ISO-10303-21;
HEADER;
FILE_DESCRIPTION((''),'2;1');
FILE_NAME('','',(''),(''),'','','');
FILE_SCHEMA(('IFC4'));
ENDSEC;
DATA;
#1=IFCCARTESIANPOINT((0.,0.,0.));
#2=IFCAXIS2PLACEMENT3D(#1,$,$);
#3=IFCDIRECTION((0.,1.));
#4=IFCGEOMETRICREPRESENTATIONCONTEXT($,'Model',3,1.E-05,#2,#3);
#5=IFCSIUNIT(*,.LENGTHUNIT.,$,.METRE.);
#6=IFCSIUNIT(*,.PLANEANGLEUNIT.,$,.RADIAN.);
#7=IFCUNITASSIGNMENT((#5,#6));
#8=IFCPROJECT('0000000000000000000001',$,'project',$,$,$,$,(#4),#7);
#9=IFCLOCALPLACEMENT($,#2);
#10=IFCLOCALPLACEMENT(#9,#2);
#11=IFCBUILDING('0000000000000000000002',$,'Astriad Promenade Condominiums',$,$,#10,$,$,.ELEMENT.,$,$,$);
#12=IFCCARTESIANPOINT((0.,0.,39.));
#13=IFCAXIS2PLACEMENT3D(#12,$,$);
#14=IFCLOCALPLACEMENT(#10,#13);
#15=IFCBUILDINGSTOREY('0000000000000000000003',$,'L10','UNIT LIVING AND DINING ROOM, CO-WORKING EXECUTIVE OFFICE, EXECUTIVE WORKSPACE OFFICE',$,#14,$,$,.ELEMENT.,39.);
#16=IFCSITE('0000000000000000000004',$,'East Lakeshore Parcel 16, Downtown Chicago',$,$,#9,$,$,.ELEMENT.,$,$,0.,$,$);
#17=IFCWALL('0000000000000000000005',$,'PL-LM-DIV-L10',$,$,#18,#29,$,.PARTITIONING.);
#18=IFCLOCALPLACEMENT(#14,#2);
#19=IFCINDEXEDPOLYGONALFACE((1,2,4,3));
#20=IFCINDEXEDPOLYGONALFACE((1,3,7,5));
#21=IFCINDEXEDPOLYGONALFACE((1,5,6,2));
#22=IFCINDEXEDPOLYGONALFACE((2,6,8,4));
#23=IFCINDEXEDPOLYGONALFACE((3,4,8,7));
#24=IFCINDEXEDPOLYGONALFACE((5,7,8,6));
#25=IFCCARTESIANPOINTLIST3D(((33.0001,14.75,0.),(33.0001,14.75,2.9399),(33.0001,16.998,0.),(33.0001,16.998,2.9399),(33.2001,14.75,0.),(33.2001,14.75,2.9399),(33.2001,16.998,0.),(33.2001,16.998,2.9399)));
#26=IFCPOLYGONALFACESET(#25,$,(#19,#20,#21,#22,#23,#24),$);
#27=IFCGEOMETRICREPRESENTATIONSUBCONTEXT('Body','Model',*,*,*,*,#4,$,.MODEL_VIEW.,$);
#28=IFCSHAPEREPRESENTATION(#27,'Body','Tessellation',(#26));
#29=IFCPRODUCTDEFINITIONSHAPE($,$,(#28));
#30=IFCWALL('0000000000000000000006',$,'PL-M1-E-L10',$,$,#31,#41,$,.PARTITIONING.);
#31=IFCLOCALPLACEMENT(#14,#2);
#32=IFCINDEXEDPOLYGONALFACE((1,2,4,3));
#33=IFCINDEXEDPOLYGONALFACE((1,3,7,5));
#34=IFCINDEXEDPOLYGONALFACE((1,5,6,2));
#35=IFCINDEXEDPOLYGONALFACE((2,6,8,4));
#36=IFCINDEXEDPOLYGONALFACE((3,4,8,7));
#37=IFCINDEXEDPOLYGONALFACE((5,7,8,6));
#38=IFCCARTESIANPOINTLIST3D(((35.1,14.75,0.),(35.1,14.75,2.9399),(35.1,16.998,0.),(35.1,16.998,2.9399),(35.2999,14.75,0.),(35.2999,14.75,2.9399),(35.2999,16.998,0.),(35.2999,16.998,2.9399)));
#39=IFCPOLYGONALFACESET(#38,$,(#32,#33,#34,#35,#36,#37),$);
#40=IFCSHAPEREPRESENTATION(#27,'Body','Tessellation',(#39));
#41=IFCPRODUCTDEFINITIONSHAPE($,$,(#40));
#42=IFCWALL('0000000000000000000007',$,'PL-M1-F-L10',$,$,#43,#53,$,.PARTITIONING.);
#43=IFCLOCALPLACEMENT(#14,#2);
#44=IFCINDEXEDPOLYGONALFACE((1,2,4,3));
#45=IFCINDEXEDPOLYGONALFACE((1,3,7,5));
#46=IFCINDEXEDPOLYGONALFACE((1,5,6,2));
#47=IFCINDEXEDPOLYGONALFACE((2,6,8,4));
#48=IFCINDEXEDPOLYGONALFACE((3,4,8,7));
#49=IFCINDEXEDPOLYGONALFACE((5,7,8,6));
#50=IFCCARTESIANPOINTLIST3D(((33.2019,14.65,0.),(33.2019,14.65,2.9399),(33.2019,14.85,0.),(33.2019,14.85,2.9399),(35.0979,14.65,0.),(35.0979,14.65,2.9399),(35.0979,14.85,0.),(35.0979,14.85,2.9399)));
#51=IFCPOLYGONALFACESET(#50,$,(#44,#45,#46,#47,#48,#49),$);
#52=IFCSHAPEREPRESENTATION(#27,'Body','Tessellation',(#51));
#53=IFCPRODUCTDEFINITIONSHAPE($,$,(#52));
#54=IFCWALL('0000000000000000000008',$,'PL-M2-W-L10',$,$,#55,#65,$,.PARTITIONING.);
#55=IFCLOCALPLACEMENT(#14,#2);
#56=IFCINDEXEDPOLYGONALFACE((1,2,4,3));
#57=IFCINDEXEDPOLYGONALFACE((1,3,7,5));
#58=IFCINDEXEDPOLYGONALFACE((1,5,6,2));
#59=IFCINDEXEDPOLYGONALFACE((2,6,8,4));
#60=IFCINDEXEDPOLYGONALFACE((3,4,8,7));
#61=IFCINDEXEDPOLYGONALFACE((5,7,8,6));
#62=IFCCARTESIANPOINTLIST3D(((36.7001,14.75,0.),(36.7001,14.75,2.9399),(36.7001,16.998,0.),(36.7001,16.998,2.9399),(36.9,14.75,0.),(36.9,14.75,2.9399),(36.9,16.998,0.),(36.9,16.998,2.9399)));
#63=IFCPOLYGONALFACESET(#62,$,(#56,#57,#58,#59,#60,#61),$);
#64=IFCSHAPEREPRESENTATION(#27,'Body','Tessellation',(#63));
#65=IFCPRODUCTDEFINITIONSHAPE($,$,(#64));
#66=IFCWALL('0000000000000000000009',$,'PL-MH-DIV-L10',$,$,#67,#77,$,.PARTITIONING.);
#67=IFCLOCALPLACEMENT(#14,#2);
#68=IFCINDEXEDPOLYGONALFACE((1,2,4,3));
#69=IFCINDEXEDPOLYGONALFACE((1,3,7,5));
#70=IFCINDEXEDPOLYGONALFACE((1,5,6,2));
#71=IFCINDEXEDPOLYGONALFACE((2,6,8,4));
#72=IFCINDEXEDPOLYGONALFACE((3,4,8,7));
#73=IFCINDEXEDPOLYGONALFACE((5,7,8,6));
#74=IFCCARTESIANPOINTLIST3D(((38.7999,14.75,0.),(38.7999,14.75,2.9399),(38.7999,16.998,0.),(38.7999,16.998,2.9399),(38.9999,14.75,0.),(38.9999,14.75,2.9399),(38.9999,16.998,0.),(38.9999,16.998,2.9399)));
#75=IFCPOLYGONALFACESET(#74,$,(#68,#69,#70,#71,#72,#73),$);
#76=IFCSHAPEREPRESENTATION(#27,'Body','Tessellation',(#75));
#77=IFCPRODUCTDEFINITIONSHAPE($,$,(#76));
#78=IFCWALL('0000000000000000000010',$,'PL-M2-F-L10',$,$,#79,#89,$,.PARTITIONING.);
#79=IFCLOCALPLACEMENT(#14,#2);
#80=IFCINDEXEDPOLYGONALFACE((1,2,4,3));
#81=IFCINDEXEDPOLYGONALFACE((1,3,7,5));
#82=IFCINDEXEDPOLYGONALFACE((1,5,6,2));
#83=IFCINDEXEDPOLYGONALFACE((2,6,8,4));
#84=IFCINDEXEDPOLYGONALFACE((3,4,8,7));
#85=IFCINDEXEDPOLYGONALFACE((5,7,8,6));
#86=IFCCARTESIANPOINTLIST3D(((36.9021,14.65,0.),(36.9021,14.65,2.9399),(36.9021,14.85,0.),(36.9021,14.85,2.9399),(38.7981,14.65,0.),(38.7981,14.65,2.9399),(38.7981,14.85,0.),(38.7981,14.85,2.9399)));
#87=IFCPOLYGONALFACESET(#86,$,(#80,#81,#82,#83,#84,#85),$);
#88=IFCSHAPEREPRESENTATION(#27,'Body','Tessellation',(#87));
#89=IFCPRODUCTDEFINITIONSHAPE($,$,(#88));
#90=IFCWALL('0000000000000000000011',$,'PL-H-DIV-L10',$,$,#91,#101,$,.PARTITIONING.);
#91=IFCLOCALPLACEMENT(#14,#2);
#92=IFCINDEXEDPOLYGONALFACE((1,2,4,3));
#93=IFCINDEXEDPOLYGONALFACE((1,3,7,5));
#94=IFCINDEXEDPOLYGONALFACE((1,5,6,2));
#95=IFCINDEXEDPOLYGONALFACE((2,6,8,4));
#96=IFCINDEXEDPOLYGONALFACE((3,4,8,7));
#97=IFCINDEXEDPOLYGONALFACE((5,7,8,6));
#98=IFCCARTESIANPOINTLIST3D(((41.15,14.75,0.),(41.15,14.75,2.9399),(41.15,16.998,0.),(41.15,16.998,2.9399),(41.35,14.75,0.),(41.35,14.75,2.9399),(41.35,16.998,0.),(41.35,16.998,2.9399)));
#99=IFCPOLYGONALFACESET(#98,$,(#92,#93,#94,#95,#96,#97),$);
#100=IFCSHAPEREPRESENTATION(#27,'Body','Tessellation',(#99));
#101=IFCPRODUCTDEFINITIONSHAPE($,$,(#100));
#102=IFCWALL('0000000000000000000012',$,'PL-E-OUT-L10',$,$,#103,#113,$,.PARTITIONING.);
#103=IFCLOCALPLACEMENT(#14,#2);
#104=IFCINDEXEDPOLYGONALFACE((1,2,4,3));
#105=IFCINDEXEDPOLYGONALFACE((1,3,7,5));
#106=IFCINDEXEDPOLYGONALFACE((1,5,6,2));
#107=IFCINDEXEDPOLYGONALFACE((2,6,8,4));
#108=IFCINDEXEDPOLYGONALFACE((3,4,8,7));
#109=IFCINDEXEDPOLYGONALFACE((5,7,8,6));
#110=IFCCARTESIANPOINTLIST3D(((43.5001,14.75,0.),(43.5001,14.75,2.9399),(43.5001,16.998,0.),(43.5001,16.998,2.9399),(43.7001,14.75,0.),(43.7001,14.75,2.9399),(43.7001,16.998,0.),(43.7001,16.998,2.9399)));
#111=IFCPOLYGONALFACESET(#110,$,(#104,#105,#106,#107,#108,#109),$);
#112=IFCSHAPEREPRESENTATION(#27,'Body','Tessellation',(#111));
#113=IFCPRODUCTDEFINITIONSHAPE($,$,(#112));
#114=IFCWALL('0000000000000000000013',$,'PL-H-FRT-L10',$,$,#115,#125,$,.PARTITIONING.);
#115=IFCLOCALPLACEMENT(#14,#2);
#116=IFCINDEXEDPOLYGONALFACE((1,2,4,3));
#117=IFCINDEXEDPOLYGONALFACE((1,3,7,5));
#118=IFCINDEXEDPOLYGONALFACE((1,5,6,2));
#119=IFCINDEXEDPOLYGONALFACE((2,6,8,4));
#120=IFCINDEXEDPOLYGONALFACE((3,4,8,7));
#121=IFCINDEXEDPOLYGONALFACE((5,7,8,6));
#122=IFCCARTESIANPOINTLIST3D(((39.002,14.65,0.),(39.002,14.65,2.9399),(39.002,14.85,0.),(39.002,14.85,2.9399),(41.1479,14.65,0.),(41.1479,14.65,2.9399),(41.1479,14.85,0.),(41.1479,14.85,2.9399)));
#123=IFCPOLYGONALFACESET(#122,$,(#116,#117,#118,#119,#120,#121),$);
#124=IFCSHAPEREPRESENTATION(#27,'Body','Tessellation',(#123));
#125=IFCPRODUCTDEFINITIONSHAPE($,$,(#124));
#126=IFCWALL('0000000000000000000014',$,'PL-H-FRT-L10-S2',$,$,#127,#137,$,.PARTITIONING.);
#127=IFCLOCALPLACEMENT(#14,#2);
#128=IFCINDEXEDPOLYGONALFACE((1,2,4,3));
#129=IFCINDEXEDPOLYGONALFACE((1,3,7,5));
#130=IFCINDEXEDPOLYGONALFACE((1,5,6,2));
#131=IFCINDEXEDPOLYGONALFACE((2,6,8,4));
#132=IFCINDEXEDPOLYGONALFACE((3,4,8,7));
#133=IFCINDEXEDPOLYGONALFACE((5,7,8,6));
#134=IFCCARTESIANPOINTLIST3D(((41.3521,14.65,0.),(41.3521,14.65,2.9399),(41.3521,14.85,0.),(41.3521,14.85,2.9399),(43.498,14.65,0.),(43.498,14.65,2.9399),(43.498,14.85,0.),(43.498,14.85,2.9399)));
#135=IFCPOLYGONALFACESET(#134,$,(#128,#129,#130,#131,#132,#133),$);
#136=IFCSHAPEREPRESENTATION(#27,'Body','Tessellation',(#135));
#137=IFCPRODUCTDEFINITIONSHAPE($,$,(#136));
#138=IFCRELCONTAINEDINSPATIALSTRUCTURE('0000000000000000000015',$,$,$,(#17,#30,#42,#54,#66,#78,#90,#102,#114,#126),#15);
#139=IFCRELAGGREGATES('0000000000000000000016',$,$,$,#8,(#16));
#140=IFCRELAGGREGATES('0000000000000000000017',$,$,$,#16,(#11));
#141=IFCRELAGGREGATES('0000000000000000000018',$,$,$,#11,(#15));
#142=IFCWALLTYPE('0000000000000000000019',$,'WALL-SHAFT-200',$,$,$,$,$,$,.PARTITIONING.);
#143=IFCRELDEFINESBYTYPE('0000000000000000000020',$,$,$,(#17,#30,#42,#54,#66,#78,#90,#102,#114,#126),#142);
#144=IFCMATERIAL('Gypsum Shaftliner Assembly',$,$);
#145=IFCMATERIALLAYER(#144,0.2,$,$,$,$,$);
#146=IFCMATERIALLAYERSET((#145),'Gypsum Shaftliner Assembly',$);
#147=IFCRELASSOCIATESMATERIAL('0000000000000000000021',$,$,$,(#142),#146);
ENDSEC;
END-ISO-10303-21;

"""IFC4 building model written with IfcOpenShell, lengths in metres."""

from ifc_helpers import new_model, si_unit, direction, frame, frame_2d, origin, place, context, subcontext, project, spatial, rectangle, extrude, material, layer, layer_set, type_object, element, save


model = new_model("IFC4")

# Units and contexts
model_context = context("Model", 3, precision=1e-05, world=origin(), true_north=direction((0.0, 1.0)))
body_context = subcontext(model_context, "Body", "Model", "MODEL_VIEW")
ifc_project = project(units=[si_unit("LENGTHUNIT", "METRE"), si_unit("PLANEANGLEUNIT", "RADIAN")], contexts=[model_context])

# Site, building, storey
site_placement = place(None, origin())
site = spatial("IfcSite", under=ifc_project, at=site_placement, Name="East Lakeshore Parcel 16, Downtown Chicago", CompositionType="ELEMENT", RefElevation=0.0)
building_placement = place(site_placement, origin())
building = spatial("IfcBuilding", under=site, at=building_placement, Name="Astriad Promenade Condominiums", CompositionType="ELEMENT")
storey_placement = place(building_placement, frame((0.0, 0.0, 39.0)))
storey = spatial("IfcBuildingStorey", under=building, at=storey_placement, Name="L10", Description="UNIT LIVING AND DINING ROOM, CO-WORKING EXECUTIVE OFFICE, EXECUTIVE WORKSPACE OFFICE", CompositionType="ELEMENT", Elevation=39.0)

# Walls
ifc_material_1 = material(Name="Gypsum Shaftliner Assembly")
ifc_layer_1 = layer(ifc_material_1, 0.2)
ifc_layer_set_1 = layer_set([ifc_layer_1], Name="Gypsum Shaftliner Assembly")
wall_type_1 = type_object("IfcWallType", Name="WALL-SHAFT-200", PredefinedType="PARTITIONING", material=ifc_layer_set_1)
for number, where, z_axis, x_axis, name in (
    (1, (33.1001, 14.75, 0.0), (0.0, 0.0, 1.0), (0.0, 1.0, 0.0), "PL-LM-DIV-L10"),
    (2, (35.2, 14.75, 0.0), (0.0, 0.0, 1.0), (0.0, 1.0, 0.0), "PL-M1-E-L10"),
):
    element("IfcWall", number, at=place(storey_placement, frame(where, z_axis=z_axis, x_axis=x_axis)), inside=storey, type_object=wall_type_1, Name=name, PredefinedType="PARTITIONING", context=body_context, shape_type="SweptSolid", body=[
        extrude(rectangle(XDim=2.248, YDim=0.2, at=frame_2d((1.124, 0.0))), origin(), (0.0, 0.0, 1.0), 2.9399),
    ])
wall_1_placement = place(storey_placement, frame((33.2019, 14.75, 0.0), z_axis=(0.0, 0.0, 1.0), x_axis=(1.0, 0.0, 0.0)))
element("IfcWall", 3, at=wall_1_placement, inside=storey, type_object=wall_type_1, Name="PL-M1-F-L10", PredefinedType="PARTITIONING", context=body_context, shape_type="SweptSolid", body=[
    extrude(rectangle(XDim=1.896, YDim=0.2, at=frame_2d((0.948, 0.0))), origin(), (0.0, 0.0, 1.0), 2.9399),
])
for number, where, z_axis, x_axis, name in (
    (4, (36.8, 14.75, 0.0), (0.0, 0.0, 1.0), (0.0, 1.0, 0.0), "PL-M2-W-L10"),
    (5, (38.8999, 14.75, 0.0), (0.0, 0.0, 1.0), (0.0, 1.0, 0.0), "PL-MH-DIV-L10"),
):
    element("IfcWall", number, at=place(storey_placement, frame(where, z_axis=z_axis, x_axis=x_axis)), inside=storey, type_object=wall_type_1, Name=name, PredefinedType="PARTITIONING", context=body_context, shape_type="SweptSolid", body=[
        extrude(rectangle(XDim=2.248, YDim=0.2, at=frame_2d((1.124, 0.0))), origin(), (0.0, 0.0, 1.0), 2.9399),
    ])
wall_2_placement = place(storey_placement, frame((36.9021, 14.75, 0.0), z_axis=(0.0, 0.0, 1.0), x_axis=(1.0, 0.0, 0.0)))
element("IfcWall", 6, at=wall_2_placement, inside=storey, type_object=wall_type_1, Name="PL-M2-F-L10", PredefinedType="PARTITIONING", context=body_context, shape_type="SweptSolid", body=[
    extrude(rectangle(XDim=1.896, YDim=0.2, at=frame_2d((0.948, 0.0))), origin(), (0.0, 0.0, 1.0), 2.9399),
])
for number, where, z_axis, x_axis, name in (
    (7, (41.25, 14.75, 0.0), (0.0, 0.0, 1.0), (0.0, 1.0, 0.0), "PL-H-DIV-L10"),
    (8, (43.6001, 14.75, 0.0), (0.0, 0.0, 1.0), (0.0, 1.0, 0.0), "PL-E-OUT-L10"),
):
    element("IfcWall", number, at=place(storey_placement, frame(where, z_axis=z_axis, x_axis=x_axis)), inside=storey, type_object=wall_type_1, Name=name, PredefinedType="PARTITIONING", context=body_context, shape_type="SweptSolid", body=[
        extrude(rectangle(XDim=2.248, YDim=0.2, at=frame_2d((1.124, 0.0))), origin(), (0.0, 0.0, 1.0), 2.9399),
    ])
for number, where, z_axis, x_axis, name in (
    (9, (39.002, 14.75, 0.0), (0.0, 0.0, 1.0), (1.0, 0.0, 0.0), "PL-H-FRT-L10"),
    (10, (41.3521, 14.75, 0.0), (0.0, 0.0, 1.0), (1.0, 0.0, 0.0), "PL-H-FRT-L10-S2"),
):
    element("IfcWall", number, at=place(storey_placement, frame(where, z_axis=z_axis, x_axis=x_axis)), inside=storey, type_object=wall_type_1, Name=name, PredefinedType="PARTITIONING", context=body_context, shape_type="SweptSolid", body=[
        extrude(rectangle(XDim=2.146, YDim=0.2, at=frame_2d((1.073, 0.0))), origin(), (0.0, 0.0, 1.0), 2.9399),
    ])

save(model, "model.ifc")
